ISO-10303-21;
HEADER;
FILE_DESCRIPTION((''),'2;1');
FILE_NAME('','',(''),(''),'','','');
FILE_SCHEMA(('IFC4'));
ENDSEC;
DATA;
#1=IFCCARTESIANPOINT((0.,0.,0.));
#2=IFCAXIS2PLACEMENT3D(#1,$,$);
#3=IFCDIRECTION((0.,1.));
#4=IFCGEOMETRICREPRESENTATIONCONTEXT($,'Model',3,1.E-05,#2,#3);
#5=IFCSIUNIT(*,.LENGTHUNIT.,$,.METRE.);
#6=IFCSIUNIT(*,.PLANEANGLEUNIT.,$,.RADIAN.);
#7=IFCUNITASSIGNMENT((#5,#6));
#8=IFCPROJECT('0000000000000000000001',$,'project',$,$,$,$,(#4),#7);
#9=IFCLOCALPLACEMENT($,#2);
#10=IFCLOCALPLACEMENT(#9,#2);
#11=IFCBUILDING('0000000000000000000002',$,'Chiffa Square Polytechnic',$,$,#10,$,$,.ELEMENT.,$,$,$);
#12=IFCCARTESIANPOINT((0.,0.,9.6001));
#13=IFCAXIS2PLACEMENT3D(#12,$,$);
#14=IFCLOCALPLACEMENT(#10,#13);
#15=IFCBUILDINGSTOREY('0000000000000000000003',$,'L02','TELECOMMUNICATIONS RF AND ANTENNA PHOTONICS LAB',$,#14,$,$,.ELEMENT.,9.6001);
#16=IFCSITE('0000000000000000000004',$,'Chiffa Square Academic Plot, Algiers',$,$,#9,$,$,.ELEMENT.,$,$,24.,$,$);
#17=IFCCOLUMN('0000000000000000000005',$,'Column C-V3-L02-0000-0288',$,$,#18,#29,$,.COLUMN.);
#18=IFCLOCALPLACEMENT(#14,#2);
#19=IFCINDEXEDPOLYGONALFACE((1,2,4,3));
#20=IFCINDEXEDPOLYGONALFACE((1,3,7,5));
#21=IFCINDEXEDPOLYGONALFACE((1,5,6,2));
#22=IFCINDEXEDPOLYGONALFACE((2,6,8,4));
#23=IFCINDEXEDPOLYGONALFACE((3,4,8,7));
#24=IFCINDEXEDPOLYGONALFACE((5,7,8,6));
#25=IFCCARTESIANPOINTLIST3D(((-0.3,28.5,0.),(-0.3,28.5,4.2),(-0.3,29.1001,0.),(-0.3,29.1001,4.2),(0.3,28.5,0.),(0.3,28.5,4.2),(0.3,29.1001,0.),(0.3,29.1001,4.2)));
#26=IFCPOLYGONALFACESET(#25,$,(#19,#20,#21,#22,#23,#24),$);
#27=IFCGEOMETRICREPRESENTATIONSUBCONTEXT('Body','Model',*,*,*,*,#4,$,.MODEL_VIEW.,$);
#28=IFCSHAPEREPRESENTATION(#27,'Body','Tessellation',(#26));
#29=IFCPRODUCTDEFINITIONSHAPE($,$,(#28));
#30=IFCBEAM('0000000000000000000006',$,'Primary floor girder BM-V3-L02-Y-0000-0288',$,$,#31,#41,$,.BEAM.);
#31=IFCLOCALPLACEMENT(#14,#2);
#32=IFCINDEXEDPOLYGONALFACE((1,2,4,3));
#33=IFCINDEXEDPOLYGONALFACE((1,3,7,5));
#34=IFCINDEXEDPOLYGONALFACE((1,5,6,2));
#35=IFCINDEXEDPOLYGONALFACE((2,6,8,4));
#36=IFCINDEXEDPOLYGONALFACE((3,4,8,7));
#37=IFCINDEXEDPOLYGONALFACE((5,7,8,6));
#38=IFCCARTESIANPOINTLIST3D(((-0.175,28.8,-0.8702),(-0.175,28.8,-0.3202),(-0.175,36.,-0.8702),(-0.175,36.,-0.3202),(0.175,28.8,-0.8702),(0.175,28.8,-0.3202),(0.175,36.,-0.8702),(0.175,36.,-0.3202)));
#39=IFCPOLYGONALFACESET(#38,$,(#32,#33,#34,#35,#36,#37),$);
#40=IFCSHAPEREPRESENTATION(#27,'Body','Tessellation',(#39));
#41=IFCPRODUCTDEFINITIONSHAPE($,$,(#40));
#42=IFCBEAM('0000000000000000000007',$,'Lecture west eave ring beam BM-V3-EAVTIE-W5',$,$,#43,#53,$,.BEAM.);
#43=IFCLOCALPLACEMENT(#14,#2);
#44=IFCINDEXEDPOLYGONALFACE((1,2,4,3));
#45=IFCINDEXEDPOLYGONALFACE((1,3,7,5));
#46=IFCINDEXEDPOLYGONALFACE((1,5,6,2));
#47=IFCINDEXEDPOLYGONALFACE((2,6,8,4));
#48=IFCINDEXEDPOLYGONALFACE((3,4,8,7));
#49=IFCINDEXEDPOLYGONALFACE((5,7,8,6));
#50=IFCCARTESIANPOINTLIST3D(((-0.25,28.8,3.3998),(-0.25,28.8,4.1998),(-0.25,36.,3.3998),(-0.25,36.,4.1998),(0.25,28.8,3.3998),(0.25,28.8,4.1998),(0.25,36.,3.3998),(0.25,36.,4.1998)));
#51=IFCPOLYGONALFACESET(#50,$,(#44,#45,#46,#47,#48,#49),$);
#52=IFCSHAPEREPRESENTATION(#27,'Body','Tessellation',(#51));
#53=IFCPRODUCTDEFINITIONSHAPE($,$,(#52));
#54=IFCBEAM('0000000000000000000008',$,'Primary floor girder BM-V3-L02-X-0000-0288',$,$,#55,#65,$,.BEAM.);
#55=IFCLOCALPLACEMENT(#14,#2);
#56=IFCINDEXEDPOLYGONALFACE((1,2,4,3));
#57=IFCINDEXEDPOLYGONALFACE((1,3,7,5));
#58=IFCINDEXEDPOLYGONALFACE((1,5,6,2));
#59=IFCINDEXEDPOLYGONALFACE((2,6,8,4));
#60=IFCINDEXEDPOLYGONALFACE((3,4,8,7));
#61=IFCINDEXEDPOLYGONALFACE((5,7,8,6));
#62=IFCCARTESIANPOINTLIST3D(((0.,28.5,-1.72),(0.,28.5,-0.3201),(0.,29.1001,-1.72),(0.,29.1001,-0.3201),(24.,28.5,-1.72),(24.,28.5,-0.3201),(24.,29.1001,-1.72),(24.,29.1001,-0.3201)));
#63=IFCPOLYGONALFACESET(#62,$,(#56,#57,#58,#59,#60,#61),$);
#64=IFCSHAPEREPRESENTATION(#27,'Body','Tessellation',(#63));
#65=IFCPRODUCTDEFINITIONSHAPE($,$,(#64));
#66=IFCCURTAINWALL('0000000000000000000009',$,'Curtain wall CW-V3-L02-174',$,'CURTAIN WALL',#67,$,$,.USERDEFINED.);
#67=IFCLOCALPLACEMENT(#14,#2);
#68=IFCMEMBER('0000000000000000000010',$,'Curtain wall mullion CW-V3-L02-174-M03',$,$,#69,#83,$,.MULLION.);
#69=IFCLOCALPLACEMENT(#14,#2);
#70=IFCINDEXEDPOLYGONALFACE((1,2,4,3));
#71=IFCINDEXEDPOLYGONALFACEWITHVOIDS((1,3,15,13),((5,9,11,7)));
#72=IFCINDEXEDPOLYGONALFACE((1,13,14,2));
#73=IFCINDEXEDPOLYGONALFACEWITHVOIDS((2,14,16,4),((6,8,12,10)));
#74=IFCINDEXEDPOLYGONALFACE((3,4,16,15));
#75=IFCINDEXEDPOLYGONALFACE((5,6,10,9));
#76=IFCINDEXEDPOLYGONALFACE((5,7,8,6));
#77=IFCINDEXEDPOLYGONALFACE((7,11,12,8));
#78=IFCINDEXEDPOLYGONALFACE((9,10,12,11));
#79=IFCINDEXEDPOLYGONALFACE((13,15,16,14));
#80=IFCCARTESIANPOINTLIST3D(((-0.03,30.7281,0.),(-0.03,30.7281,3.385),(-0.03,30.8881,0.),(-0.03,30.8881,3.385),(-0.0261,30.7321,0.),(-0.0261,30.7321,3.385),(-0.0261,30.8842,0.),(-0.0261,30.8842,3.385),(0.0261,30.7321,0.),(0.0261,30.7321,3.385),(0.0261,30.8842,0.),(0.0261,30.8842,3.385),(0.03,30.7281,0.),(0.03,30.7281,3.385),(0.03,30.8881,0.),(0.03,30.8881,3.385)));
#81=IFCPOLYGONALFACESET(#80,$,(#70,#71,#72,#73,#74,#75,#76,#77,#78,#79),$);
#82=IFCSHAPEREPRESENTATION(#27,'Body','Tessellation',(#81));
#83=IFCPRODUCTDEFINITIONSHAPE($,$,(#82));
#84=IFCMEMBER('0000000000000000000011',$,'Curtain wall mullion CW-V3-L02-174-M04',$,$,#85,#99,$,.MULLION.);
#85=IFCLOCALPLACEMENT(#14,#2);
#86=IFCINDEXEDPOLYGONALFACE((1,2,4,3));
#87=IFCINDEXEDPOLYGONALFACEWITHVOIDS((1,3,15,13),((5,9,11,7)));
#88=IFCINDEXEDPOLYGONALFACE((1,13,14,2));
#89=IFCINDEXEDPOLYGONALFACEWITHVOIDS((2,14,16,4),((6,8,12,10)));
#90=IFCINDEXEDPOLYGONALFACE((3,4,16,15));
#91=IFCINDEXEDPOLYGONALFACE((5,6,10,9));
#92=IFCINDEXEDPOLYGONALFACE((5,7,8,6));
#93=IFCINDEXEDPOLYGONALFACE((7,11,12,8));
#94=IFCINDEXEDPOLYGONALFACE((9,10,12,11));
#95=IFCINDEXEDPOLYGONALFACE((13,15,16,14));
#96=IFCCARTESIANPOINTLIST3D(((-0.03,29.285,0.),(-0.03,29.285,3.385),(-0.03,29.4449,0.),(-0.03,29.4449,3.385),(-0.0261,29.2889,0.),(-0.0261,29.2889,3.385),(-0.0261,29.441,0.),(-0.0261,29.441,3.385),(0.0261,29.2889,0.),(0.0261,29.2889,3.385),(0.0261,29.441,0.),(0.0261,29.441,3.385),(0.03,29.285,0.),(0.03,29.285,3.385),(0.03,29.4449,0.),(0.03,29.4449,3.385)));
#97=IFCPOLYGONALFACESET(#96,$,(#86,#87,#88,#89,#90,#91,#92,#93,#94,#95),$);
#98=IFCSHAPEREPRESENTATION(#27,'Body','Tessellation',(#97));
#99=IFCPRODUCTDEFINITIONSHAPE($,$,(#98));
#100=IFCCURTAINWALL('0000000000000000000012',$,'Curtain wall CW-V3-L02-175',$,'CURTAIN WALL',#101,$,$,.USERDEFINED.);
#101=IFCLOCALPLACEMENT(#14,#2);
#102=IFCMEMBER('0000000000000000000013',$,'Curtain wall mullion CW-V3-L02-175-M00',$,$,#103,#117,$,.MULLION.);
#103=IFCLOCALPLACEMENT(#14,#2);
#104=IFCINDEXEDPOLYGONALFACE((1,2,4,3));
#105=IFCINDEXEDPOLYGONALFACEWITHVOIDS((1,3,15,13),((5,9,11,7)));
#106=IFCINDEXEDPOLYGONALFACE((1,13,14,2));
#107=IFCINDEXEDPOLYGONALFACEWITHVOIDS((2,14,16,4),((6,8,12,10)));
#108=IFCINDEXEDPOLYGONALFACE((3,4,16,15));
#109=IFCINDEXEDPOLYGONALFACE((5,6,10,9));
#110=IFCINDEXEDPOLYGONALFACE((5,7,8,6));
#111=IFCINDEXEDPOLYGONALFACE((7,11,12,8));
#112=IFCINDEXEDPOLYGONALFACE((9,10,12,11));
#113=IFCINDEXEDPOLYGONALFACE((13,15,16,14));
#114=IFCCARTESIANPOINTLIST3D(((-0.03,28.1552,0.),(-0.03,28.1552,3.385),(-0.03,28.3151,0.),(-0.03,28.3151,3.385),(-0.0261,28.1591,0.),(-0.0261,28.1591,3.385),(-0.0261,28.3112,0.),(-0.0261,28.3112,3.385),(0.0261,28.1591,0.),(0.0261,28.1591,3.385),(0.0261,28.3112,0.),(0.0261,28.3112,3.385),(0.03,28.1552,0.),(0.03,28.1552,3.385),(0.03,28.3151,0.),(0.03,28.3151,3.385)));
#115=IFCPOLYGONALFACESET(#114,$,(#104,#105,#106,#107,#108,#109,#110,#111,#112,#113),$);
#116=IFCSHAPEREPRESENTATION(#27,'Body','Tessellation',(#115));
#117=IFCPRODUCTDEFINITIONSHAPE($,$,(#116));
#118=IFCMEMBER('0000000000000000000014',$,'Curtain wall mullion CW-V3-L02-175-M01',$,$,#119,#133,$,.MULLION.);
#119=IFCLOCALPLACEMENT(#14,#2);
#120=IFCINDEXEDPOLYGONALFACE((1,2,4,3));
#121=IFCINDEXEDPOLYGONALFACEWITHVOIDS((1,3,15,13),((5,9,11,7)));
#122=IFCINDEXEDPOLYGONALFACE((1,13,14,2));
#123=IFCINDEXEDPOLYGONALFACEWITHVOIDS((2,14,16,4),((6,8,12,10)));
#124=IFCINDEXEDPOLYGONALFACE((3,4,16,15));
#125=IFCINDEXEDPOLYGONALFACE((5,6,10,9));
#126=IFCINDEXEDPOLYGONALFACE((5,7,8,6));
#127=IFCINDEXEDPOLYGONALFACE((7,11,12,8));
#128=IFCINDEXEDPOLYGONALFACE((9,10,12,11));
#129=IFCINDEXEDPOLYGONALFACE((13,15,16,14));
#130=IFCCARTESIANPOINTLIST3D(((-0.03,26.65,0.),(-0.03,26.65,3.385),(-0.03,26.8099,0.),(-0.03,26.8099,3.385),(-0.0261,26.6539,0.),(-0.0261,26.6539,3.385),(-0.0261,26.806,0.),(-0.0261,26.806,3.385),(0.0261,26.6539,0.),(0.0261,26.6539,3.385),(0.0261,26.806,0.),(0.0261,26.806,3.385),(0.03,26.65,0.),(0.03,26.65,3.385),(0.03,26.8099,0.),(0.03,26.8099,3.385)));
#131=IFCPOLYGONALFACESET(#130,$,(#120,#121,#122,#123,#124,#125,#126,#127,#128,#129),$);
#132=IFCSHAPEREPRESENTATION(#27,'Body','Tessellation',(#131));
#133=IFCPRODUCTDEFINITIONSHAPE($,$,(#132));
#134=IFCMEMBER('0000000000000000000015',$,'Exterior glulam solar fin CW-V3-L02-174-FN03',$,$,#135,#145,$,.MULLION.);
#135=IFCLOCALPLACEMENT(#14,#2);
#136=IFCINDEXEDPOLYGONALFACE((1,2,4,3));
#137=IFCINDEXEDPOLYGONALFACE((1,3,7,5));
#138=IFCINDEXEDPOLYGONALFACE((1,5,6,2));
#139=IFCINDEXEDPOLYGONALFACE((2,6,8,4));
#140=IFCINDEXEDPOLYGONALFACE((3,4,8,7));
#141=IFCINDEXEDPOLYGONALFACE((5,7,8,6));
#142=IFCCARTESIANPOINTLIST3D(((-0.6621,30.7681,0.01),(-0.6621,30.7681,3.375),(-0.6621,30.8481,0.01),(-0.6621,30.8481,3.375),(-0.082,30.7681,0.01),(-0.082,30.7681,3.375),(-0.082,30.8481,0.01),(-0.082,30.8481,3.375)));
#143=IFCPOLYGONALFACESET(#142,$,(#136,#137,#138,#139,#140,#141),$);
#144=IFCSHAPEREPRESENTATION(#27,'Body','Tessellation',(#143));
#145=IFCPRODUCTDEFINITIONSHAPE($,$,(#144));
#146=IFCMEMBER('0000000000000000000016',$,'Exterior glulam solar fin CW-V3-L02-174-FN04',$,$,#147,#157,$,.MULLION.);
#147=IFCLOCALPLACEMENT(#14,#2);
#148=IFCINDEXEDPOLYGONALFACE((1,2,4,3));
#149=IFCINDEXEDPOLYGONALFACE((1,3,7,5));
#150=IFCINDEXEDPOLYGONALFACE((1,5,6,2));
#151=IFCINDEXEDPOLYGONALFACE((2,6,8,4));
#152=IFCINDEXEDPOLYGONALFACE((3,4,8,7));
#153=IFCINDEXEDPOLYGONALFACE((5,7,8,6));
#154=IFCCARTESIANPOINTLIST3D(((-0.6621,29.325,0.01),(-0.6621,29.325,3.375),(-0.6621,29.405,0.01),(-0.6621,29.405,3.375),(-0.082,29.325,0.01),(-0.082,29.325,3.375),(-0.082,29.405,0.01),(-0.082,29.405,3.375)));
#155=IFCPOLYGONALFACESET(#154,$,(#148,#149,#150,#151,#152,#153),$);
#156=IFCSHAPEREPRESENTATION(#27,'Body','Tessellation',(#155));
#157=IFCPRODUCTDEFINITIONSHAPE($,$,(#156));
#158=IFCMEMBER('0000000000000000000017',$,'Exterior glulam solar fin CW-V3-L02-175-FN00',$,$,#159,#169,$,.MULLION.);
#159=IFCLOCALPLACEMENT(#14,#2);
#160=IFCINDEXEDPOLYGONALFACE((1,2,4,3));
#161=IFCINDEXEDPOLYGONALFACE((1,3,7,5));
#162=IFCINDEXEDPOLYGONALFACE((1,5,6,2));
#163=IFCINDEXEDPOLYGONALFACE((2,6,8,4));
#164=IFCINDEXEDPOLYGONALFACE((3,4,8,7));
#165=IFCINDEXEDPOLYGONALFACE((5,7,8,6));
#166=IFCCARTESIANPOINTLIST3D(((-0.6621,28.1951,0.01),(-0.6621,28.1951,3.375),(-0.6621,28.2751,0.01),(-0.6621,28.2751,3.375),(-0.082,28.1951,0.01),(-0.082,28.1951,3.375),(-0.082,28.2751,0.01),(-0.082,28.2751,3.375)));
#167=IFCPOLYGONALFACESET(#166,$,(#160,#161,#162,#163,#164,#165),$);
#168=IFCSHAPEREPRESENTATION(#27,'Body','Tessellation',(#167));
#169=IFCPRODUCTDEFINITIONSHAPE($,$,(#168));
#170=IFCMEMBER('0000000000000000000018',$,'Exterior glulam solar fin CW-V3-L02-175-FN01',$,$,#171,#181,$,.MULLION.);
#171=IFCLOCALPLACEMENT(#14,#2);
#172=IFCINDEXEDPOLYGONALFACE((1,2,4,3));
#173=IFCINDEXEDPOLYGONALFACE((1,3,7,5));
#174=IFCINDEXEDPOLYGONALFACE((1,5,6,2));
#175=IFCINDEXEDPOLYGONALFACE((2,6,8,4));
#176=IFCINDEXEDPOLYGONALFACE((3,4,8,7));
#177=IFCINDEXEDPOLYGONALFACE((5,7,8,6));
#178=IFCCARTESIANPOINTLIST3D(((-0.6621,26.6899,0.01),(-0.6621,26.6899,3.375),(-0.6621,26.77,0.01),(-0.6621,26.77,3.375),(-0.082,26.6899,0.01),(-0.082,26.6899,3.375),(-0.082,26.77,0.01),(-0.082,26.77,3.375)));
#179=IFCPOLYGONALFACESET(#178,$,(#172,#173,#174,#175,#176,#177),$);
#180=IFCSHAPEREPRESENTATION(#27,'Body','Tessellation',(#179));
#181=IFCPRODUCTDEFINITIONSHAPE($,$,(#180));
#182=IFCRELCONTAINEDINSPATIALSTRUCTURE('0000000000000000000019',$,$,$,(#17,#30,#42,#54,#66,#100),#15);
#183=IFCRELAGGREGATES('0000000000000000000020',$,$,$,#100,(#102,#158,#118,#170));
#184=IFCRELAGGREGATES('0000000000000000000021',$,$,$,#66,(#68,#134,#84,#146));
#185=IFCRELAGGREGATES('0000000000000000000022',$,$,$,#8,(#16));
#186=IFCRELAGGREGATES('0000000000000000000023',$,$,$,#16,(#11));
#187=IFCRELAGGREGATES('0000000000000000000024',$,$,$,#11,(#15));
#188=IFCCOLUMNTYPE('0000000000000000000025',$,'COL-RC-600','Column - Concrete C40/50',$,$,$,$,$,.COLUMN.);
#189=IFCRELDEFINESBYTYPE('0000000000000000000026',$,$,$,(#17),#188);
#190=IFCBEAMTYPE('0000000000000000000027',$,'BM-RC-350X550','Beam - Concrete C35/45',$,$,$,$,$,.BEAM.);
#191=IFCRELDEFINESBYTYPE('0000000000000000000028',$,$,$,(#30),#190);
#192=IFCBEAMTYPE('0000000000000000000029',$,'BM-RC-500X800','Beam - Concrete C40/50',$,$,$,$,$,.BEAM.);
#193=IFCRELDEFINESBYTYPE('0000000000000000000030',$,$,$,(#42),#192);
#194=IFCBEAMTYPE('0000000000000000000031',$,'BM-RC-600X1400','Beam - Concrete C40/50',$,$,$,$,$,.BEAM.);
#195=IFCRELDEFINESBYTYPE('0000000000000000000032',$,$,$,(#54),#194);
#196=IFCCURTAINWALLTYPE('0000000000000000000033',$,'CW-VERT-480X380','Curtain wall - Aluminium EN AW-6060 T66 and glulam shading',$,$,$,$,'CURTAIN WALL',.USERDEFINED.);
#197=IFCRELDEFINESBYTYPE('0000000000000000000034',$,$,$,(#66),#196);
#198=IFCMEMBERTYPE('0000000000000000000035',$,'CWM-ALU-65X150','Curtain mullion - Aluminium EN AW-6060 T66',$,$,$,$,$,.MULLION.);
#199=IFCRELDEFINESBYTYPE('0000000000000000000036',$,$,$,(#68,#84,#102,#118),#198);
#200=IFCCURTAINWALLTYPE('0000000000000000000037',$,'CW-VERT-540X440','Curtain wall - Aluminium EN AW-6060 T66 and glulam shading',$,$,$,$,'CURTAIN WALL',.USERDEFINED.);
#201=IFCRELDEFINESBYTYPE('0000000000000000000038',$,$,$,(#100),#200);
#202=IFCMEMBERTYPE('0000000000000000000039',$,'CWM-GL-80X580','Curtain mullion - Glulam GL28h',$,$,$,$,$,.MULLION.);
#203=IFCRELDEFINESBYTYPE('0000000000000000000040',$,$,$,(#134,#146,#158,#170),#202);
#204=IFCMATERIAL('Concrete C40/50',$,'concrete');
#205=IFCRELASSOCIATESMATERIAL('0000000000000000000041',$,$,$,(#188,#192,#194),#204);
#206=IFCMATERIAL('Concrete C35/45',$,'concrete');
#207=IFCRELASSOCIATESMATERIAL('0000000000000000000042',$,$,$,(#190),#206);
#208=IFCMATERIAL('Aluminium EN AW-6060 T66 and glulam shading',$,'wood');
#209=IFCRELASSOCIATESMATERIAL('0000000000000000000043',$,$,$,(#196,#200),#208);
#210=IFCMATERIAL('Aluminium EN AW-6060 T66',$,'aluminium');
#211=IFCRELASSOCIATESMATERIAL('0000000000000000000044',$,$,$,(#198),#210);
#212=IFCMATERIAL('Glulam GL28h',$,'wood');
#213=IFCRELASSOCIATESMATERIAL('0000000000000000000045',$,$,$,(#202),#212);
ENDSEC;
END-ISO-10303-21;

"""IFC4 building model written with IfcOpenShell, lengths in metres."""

from ifc_helpers import new_model, si_unit, direction, frame, origin, origin_2d, place, context, subcontext, project, spatial, rectangle, hollow_rectangle, extrude, material, material_profile, profile_set, type_object, element, aggregate, save


model = new_model("IFC4")

# Units and contexts
model_context = context("Model", 3, precision=1e-05, world=origin(), true_north=direction((0.0, 1.0)))
body_context = subcontext(model_context, "Body", "Model", "MODEL_VIEW")
ifc_project = project(units=[si_unit("LENGTHUNIT", "METRE"), si_unit("PLANEANGLEUNIT", "RADIAN")], contexts=[model_context])

# Site, building, storey
site_placement = place(None, origin())
site = spatial("IfcSite", under=ifc_project, at=site_placement, Name="Chiffa Square Academic Plot, Algiers", CompositionType="ELEMENT", RefElevation=24.0)
building_placement = place(site_placement, origin())
building = spatial("IfcBuilding", under=site, at=building_placement, Name="Chiffa Square Polytechnic", CompositionType="ELEMENT")
storey_placement = place(building_placement, frame((0.0, 0.0, 9.6001)))
storey = spatial("IfcBuildingStorey", under=building, at=storey_placement, Name="L02", Description="TELECOMMUNICATIONS RF AND ANTENNA PHOTONICS LAB", CompositionType="ELEMENT", Elevation=9.6001)

# Column
ifc_material_1 = material(Name="Concrete C40/50", Category="concrete")
ifc_material_profile_1 = material_profile(ifc_material_1, rectangle(XDim=0.6001, YDim=0.6001, at=origin_2d()), Name="RC 600x600")
ifc_profile_set_1 = profile_set([ifc_material_profile_1], Name="Concrete C40/50")
column_type = type_object("IfcColumnType", Name="COL-RC-600", Description="Column - Concrete C40/50", PredefinedType="COLUMN", material=ifc_profile_set_1)
column_placement = place(storey_placement, frame((0.0, 28.8, 0.0), z_axis=(0.0, 0.0, 1.0), x_axis=(1.0, 0.0, 0.0)))
element("IfcColumn", 1, at=column_placement, inside=storey, type_object=column_type, Name="Column C-V3-L02-0000-0288", PredefinedType="COLUMN", context=body_context, shape_type="SweptSolid", body=[
    extrude(rectangle(XDim=0.6001, YDim=0.6001, at=origin_2d()), origin(), (0.0, 0.0, 1.0), 4.2),
])

# Beams
ifc_material_2 = material(Name="Concrete C35/45", Category="concrete")
ifc_material_profile_2 = material_profile(ifc_material_2, rectangle(XDim=0.3501, YDim=0.55, at=origin_2d()), Name="RC 350x550")
ifc_profile_set_2 = profile_set([ifc_material_profile_2], Name="Concrete C35/45")
beam_type_1 = type_object("IfcBeamType", Name="BM-RC-350X550", Description="Beam - Concrete C35/45", PredefinedType="BEAM", material=ifc_profile_set_2)
beam_1_placement = place(storey_placement, frame((0.0, 28.8, -0.5952), z_axis=(0.0, 1.0, 0.0), x_axis=(-1.0, 0.0, 0.0)))
element("IfcBeam", 2, at=beam_1_placement, inside=storey, type_object=beam_type_1, Name="Primary floor girder BM-V3-L02-Y-0000-0288", PredefinedType="BEAM", context=body_context, shape_type="SweptSolid", body=[
    extrude(rectangle(XDim=0.3501, YDim=0.55, at=origin_2d()), origin(), (0.0, 0.0, 1.0), 7.2),
])
ifc_material_profile_3 = material_profile(ifc_material_1, rectangle(XDim=0.5, YDim=0.8, at=origin_2d()), Name="RC 500x800")
ifc_profile_set_3 = profile_set([ifc_material_profile_3], Name="Concrete C40/50")
beam_type_2 = type_object("IfcBeamType", Name="BM-RC-500X800", Description="Beam - Concrete C40/50", PredefinedType="BEAM", material=ifc_profile_set_3)
beam_2_placement = place(storey_placement, frame((0.0, 28.8, 3.7998), z_axis=(0.0, 1.0, 0.0), x_axis=(-1.0, 0.0, 0.0)))
element("IfcBeam", 3, at=beam_2_placement, inside=storey, type_object=beam_type_2, Name="Lecture west eave ring beam BM-V3-EAVTIE-W5", PredefinedType="BEAM", context=body_context, shape_type="SweptSolid", body=[
    extrude(rectangle(XDim=0.5, YDim=0.8, at=origin_2d()), origin(), (0.0, 0.0, 1.0), 7.2),
])
ifc_material_profile_4 = material_profile(ifc_material_1, rectangle(XDim=0.6001, YDim=1.3999, at=origin_2d()), Name="RC 600x1400")
ifc_profile_set_4 = profile_set([ifc_material_profile_4], Name="Concrete C40/50")
beam_type_3 = type_object("IfcBeamType", Name="BM-RC-600X1400", Description="Beam - Concrete C40/50", PredefinedType="BEAM", material=ifc_profile_set_4)
beam_3_placement = place(storey_placement, frame((0.0, 28.8, -1.02), z_axis=(1.0, 0.0, 0.0), x_axis=(0.0, 1.0, 0.0)))
element("IfcBeam", 4, at=beam_3_placement, inside=storey, type_object=beam_type_3, Name="Primary floor girder BM-V3-L02-X-0000-0288", PredefinedType="BEAM", context=body_context, shape_type="SweptSolid", body=[
    extrude(rectangle(XDim=0.6001, YDim=1.3999, at=origin_2d()), origin(), (0.0, 0.0, 1.0), 24.0),
])

# Curtain walls, members
ifc_material_3 = material(Name="Aluminium EN AW-6060 T66 and glulam shading", Category="wood")
curtain_wall_type_1 = type_object("IfcCurtainWallType", Name="CW-VERT-480X380", Description="Curtain wall - Aluminium EN AW-6060 T66 and glulam shading", ElementType="CURTAIN WALL", PredefinedType="USERDEFINED", material=ifc_material_3)
curtain_wall_1_placement = place(storey_placement, origin())
curtain_wall_1 = element("IfcCurtainWall", 5, at=curtain_wall_1_placement, inside=storey, type_object=curtain_wall_type_1, Name="Curtain wall CW-V3-L02-174", ObjectType="CURTAIN WALL", PredefinedType="USERDEFINED")
ifc_material_4 = material(Name="Aluminium EN AW-6060 T66", Category="aluminium")
ifc_material_profile_5 = material_profile(ifc_material_4, hollow_rectangle(XDim=0.0601, YDim=0.1599, WallThickness=0.0039, at=origin_2d()), Name="ALU 60x160x4")
ifc_profile_set_5 = profile_set([ifc_material_profile_5], Name="Aluminium EN AW-6060 T66")
member_type_1 = type_object("IfcMemberType", Name="CWM-ALU-65X150", Description="Curtain mullion - Aluminium EN AW-6060 T66", PredefinedType="MULLION", material=ifc_profile_set_5)
member_1_placement = place(storey_placement, frame((0.0, 30.8081, 0.0), z_axis=(0.0, 0.0, 1.0), x_axis=(1.0, 0.0, 0.0)))
member_1 = element("IfcMember", 6, at=member_1_placement, type_object=member_type_1, Name="Curtain wall mullion CW-V3-L02-174-M03", PredefinedType="MULLION", context=body_context, shape_type="SweptSolid", body=[
    extrude(hollow_rectangle(XDim=0.0601, YDim=0.1599, WallThickness=0.0039, at=origin_2d()), origin(), (0.0, 0.0, 1.0), 3.385),
])
member_2_placement = place(storey_placement, frame((0.0, 29.365, 0.0), z_axis=(0.0, 0.0, 1.0), x_axis=(1.0, 0.0, 0.0)))
member_2 = element("IfcMember", 7, at=member_2_placement, type_object=member_type_1, Name="Curtain wall mullion CW-V3-L02-174-M04", PredefinedType="MULLION", context=body_context, shape_type="SweptSolid", body=[
    extrude(hollow_rectangle(XDim=0.0601, YDim=0.1599, WallThickness=0.0039, at=origin_2d()), origin(), (0.0, 0.0, 1.0), 3.385),
])
curtain_wall_type_2 = type_object("IfcCurtainWallType", Name="CW-VERT-540X440", Description="Curtain wall - Aluminium EN AW-6060 T66 and glulam shading", ElementType="CURTAIN WALL", PredefinedType="USERDEFINED", material=ifc_material_3)
curtain_wall_2_placement = place(storey_placement, origin())
curtain_wall_2 = element("IfcCurtainWall", 8, at=curtain_wall_2_placement, inside=storey, type_object=curtain_wall_type_2, Name="Curtain wall CW-V3-L02-175", ObjectType="CURTAIN WALL", PredefinedType="USERDEFINED")
member_3_placement = place(storey_placement, frame((0.0, 28.2351, 0.0), z_axis=(0.0, 0.0, 1.0), x_axis=(1.0, 0.0, 0.0)))
member_3 = element("IfcMember", 9, at=member_3_placement, type_object=member_type_1, Name="Curtain wall mullion CW-V3-L02-175-M00", PredefinedType="MULLION", context=body_context, shape_type="SweptSolid", body=[
    extrude(hollow_rectangle(XDim=0.0601, YDim=0.1599, WallThickness=0.0039, at=origin_2d()), origin(), (0.0, 0.0, 1.0), 3.385),
])
member_4_placement = place(storey_placement, frame((0.0, 26.73, 0.0), z_axis=(0.0, 0.0, 1.0), x_axis=(1.0, 0.0, 0.0)))
member_4 = element("IfcMember", 10, at=member_4_placement, type_object=member_type_1, Name="Curtain wall mullion CW-V3-L02-175-M01", PredefinedType="MULLION", context=body_context, shape_type="SweptSolid", body=[
    extrude(hollow_rectangle(XDim=0.0601, YDim=0.1599, WallThickness=0.0039, at=origin_2d()), origin(), (0.0, 0.0, 1.0), 3.385),
])

# Members
ifc_material_5 = material(Name="Glulam GL28h", Category="wood")
ifc_material_profile_6 = material_profile(ifc_material_5, rectangle(XDim=0.0801, YDim=0.5801, at=origin_2d()), Name="GL28h 80x580")
ifc_profile_set_6 = profile_set([ifc_material_profile_6], Name="Glulam GL28h")
member_type_2 = type_object("IfcMemberType", Name="CWM-GL-80X580", Description="Curtain mullion - Glulam GL28h", PredefinedType="MULLION", material=ifc_profile_set_6)
member_5_placement = place(storey_placement, frame((-0.3721, 30.8081, 0.01), z_axis=(0.0, 0.0, 1.0), x_axis=(0.0, -1.0, 0.0)))
member_5 = element("IfcMember", 11, at=member_5_placement, type_object=member_type_2, Name="Exterior glulam solar fin CW-V3-L02-174-FN03", PredefinedType="MULLION", context=body_context, shape_type="SweptSolid", body=[
    extrude(rectangle(XDim=0.0801, YDim=0.5801, at=origin_2d()), origin(), (0.0, 0.0, 1.0), 3.365),
])
member_6_placement = place(storey_placement, frame((-0.3721, 29.365, 0.01), z_axis=(0.0, 0.0, 1.0), x_axis=(0.0, -1.0, 0.0)))
member_6 = element("IfcMember", 12, at=member_6_placement, type_object=member_type_2, Name="Exterior glulam solar fin CW-V3-L02-174-FN04", PredefinedType="MULLION", context=body_context, shape_type="SweptSolid", body=[
    extrude(rectangle(XDim=0.0801, YDim=0.5801, at=origin_2d()), origin(), (0.0, 0.0, 1.0), 3.365),
])
member_7_placement = place(storey_placement, frame((-0.3721, 28.2351, 0.01), z_axis=(0.0, 0.0, 1.0), x_axis=(0.0, -1.0, 0.0)))
member_7 = element("IfcMember", 13, at=member_7_placement, type_object=member_type_2, Name="Exterior glulam solar fin CW-V3-L02-175-FN00", PredefinedType="MULLION", context=body_context, shape_type="SweptSolid", body=[
    extrude(rectangle(XDim=0.0801, YDim=0.5801, at=origin_2d()), origin(), (0.0, 0.0, 1.0), 3.365),
])
member_8_placement = place(storey_placement, frame((-0.3721, 26.73, 0.01), z_axis=(0.0, 0.0, 1.0), x_axis=(0.0, -1.0, 0.0)))
member_8 = element("IfcMember", 14, at=member_8_placement, type_object=member_type_2, Name="Exterior glulam solar fin CW-V3-L02-175-FN01", PredefinedType="MULLION", context=body_context, shape_type="SweptSolid", body=[
    extrude(rectangle(XDim=0.0801, YDim=0.5801, at=origin_2d()), origin(), (0.0, 0.0, 1.0), 3.365),
])

aggregate(curtain_wall_2, [member_3, member_7, member_4, member_8])
aggregate(curtain_wall_1, [member_1, member_5, member_2, member_6])

save(model, "model.ifc")
